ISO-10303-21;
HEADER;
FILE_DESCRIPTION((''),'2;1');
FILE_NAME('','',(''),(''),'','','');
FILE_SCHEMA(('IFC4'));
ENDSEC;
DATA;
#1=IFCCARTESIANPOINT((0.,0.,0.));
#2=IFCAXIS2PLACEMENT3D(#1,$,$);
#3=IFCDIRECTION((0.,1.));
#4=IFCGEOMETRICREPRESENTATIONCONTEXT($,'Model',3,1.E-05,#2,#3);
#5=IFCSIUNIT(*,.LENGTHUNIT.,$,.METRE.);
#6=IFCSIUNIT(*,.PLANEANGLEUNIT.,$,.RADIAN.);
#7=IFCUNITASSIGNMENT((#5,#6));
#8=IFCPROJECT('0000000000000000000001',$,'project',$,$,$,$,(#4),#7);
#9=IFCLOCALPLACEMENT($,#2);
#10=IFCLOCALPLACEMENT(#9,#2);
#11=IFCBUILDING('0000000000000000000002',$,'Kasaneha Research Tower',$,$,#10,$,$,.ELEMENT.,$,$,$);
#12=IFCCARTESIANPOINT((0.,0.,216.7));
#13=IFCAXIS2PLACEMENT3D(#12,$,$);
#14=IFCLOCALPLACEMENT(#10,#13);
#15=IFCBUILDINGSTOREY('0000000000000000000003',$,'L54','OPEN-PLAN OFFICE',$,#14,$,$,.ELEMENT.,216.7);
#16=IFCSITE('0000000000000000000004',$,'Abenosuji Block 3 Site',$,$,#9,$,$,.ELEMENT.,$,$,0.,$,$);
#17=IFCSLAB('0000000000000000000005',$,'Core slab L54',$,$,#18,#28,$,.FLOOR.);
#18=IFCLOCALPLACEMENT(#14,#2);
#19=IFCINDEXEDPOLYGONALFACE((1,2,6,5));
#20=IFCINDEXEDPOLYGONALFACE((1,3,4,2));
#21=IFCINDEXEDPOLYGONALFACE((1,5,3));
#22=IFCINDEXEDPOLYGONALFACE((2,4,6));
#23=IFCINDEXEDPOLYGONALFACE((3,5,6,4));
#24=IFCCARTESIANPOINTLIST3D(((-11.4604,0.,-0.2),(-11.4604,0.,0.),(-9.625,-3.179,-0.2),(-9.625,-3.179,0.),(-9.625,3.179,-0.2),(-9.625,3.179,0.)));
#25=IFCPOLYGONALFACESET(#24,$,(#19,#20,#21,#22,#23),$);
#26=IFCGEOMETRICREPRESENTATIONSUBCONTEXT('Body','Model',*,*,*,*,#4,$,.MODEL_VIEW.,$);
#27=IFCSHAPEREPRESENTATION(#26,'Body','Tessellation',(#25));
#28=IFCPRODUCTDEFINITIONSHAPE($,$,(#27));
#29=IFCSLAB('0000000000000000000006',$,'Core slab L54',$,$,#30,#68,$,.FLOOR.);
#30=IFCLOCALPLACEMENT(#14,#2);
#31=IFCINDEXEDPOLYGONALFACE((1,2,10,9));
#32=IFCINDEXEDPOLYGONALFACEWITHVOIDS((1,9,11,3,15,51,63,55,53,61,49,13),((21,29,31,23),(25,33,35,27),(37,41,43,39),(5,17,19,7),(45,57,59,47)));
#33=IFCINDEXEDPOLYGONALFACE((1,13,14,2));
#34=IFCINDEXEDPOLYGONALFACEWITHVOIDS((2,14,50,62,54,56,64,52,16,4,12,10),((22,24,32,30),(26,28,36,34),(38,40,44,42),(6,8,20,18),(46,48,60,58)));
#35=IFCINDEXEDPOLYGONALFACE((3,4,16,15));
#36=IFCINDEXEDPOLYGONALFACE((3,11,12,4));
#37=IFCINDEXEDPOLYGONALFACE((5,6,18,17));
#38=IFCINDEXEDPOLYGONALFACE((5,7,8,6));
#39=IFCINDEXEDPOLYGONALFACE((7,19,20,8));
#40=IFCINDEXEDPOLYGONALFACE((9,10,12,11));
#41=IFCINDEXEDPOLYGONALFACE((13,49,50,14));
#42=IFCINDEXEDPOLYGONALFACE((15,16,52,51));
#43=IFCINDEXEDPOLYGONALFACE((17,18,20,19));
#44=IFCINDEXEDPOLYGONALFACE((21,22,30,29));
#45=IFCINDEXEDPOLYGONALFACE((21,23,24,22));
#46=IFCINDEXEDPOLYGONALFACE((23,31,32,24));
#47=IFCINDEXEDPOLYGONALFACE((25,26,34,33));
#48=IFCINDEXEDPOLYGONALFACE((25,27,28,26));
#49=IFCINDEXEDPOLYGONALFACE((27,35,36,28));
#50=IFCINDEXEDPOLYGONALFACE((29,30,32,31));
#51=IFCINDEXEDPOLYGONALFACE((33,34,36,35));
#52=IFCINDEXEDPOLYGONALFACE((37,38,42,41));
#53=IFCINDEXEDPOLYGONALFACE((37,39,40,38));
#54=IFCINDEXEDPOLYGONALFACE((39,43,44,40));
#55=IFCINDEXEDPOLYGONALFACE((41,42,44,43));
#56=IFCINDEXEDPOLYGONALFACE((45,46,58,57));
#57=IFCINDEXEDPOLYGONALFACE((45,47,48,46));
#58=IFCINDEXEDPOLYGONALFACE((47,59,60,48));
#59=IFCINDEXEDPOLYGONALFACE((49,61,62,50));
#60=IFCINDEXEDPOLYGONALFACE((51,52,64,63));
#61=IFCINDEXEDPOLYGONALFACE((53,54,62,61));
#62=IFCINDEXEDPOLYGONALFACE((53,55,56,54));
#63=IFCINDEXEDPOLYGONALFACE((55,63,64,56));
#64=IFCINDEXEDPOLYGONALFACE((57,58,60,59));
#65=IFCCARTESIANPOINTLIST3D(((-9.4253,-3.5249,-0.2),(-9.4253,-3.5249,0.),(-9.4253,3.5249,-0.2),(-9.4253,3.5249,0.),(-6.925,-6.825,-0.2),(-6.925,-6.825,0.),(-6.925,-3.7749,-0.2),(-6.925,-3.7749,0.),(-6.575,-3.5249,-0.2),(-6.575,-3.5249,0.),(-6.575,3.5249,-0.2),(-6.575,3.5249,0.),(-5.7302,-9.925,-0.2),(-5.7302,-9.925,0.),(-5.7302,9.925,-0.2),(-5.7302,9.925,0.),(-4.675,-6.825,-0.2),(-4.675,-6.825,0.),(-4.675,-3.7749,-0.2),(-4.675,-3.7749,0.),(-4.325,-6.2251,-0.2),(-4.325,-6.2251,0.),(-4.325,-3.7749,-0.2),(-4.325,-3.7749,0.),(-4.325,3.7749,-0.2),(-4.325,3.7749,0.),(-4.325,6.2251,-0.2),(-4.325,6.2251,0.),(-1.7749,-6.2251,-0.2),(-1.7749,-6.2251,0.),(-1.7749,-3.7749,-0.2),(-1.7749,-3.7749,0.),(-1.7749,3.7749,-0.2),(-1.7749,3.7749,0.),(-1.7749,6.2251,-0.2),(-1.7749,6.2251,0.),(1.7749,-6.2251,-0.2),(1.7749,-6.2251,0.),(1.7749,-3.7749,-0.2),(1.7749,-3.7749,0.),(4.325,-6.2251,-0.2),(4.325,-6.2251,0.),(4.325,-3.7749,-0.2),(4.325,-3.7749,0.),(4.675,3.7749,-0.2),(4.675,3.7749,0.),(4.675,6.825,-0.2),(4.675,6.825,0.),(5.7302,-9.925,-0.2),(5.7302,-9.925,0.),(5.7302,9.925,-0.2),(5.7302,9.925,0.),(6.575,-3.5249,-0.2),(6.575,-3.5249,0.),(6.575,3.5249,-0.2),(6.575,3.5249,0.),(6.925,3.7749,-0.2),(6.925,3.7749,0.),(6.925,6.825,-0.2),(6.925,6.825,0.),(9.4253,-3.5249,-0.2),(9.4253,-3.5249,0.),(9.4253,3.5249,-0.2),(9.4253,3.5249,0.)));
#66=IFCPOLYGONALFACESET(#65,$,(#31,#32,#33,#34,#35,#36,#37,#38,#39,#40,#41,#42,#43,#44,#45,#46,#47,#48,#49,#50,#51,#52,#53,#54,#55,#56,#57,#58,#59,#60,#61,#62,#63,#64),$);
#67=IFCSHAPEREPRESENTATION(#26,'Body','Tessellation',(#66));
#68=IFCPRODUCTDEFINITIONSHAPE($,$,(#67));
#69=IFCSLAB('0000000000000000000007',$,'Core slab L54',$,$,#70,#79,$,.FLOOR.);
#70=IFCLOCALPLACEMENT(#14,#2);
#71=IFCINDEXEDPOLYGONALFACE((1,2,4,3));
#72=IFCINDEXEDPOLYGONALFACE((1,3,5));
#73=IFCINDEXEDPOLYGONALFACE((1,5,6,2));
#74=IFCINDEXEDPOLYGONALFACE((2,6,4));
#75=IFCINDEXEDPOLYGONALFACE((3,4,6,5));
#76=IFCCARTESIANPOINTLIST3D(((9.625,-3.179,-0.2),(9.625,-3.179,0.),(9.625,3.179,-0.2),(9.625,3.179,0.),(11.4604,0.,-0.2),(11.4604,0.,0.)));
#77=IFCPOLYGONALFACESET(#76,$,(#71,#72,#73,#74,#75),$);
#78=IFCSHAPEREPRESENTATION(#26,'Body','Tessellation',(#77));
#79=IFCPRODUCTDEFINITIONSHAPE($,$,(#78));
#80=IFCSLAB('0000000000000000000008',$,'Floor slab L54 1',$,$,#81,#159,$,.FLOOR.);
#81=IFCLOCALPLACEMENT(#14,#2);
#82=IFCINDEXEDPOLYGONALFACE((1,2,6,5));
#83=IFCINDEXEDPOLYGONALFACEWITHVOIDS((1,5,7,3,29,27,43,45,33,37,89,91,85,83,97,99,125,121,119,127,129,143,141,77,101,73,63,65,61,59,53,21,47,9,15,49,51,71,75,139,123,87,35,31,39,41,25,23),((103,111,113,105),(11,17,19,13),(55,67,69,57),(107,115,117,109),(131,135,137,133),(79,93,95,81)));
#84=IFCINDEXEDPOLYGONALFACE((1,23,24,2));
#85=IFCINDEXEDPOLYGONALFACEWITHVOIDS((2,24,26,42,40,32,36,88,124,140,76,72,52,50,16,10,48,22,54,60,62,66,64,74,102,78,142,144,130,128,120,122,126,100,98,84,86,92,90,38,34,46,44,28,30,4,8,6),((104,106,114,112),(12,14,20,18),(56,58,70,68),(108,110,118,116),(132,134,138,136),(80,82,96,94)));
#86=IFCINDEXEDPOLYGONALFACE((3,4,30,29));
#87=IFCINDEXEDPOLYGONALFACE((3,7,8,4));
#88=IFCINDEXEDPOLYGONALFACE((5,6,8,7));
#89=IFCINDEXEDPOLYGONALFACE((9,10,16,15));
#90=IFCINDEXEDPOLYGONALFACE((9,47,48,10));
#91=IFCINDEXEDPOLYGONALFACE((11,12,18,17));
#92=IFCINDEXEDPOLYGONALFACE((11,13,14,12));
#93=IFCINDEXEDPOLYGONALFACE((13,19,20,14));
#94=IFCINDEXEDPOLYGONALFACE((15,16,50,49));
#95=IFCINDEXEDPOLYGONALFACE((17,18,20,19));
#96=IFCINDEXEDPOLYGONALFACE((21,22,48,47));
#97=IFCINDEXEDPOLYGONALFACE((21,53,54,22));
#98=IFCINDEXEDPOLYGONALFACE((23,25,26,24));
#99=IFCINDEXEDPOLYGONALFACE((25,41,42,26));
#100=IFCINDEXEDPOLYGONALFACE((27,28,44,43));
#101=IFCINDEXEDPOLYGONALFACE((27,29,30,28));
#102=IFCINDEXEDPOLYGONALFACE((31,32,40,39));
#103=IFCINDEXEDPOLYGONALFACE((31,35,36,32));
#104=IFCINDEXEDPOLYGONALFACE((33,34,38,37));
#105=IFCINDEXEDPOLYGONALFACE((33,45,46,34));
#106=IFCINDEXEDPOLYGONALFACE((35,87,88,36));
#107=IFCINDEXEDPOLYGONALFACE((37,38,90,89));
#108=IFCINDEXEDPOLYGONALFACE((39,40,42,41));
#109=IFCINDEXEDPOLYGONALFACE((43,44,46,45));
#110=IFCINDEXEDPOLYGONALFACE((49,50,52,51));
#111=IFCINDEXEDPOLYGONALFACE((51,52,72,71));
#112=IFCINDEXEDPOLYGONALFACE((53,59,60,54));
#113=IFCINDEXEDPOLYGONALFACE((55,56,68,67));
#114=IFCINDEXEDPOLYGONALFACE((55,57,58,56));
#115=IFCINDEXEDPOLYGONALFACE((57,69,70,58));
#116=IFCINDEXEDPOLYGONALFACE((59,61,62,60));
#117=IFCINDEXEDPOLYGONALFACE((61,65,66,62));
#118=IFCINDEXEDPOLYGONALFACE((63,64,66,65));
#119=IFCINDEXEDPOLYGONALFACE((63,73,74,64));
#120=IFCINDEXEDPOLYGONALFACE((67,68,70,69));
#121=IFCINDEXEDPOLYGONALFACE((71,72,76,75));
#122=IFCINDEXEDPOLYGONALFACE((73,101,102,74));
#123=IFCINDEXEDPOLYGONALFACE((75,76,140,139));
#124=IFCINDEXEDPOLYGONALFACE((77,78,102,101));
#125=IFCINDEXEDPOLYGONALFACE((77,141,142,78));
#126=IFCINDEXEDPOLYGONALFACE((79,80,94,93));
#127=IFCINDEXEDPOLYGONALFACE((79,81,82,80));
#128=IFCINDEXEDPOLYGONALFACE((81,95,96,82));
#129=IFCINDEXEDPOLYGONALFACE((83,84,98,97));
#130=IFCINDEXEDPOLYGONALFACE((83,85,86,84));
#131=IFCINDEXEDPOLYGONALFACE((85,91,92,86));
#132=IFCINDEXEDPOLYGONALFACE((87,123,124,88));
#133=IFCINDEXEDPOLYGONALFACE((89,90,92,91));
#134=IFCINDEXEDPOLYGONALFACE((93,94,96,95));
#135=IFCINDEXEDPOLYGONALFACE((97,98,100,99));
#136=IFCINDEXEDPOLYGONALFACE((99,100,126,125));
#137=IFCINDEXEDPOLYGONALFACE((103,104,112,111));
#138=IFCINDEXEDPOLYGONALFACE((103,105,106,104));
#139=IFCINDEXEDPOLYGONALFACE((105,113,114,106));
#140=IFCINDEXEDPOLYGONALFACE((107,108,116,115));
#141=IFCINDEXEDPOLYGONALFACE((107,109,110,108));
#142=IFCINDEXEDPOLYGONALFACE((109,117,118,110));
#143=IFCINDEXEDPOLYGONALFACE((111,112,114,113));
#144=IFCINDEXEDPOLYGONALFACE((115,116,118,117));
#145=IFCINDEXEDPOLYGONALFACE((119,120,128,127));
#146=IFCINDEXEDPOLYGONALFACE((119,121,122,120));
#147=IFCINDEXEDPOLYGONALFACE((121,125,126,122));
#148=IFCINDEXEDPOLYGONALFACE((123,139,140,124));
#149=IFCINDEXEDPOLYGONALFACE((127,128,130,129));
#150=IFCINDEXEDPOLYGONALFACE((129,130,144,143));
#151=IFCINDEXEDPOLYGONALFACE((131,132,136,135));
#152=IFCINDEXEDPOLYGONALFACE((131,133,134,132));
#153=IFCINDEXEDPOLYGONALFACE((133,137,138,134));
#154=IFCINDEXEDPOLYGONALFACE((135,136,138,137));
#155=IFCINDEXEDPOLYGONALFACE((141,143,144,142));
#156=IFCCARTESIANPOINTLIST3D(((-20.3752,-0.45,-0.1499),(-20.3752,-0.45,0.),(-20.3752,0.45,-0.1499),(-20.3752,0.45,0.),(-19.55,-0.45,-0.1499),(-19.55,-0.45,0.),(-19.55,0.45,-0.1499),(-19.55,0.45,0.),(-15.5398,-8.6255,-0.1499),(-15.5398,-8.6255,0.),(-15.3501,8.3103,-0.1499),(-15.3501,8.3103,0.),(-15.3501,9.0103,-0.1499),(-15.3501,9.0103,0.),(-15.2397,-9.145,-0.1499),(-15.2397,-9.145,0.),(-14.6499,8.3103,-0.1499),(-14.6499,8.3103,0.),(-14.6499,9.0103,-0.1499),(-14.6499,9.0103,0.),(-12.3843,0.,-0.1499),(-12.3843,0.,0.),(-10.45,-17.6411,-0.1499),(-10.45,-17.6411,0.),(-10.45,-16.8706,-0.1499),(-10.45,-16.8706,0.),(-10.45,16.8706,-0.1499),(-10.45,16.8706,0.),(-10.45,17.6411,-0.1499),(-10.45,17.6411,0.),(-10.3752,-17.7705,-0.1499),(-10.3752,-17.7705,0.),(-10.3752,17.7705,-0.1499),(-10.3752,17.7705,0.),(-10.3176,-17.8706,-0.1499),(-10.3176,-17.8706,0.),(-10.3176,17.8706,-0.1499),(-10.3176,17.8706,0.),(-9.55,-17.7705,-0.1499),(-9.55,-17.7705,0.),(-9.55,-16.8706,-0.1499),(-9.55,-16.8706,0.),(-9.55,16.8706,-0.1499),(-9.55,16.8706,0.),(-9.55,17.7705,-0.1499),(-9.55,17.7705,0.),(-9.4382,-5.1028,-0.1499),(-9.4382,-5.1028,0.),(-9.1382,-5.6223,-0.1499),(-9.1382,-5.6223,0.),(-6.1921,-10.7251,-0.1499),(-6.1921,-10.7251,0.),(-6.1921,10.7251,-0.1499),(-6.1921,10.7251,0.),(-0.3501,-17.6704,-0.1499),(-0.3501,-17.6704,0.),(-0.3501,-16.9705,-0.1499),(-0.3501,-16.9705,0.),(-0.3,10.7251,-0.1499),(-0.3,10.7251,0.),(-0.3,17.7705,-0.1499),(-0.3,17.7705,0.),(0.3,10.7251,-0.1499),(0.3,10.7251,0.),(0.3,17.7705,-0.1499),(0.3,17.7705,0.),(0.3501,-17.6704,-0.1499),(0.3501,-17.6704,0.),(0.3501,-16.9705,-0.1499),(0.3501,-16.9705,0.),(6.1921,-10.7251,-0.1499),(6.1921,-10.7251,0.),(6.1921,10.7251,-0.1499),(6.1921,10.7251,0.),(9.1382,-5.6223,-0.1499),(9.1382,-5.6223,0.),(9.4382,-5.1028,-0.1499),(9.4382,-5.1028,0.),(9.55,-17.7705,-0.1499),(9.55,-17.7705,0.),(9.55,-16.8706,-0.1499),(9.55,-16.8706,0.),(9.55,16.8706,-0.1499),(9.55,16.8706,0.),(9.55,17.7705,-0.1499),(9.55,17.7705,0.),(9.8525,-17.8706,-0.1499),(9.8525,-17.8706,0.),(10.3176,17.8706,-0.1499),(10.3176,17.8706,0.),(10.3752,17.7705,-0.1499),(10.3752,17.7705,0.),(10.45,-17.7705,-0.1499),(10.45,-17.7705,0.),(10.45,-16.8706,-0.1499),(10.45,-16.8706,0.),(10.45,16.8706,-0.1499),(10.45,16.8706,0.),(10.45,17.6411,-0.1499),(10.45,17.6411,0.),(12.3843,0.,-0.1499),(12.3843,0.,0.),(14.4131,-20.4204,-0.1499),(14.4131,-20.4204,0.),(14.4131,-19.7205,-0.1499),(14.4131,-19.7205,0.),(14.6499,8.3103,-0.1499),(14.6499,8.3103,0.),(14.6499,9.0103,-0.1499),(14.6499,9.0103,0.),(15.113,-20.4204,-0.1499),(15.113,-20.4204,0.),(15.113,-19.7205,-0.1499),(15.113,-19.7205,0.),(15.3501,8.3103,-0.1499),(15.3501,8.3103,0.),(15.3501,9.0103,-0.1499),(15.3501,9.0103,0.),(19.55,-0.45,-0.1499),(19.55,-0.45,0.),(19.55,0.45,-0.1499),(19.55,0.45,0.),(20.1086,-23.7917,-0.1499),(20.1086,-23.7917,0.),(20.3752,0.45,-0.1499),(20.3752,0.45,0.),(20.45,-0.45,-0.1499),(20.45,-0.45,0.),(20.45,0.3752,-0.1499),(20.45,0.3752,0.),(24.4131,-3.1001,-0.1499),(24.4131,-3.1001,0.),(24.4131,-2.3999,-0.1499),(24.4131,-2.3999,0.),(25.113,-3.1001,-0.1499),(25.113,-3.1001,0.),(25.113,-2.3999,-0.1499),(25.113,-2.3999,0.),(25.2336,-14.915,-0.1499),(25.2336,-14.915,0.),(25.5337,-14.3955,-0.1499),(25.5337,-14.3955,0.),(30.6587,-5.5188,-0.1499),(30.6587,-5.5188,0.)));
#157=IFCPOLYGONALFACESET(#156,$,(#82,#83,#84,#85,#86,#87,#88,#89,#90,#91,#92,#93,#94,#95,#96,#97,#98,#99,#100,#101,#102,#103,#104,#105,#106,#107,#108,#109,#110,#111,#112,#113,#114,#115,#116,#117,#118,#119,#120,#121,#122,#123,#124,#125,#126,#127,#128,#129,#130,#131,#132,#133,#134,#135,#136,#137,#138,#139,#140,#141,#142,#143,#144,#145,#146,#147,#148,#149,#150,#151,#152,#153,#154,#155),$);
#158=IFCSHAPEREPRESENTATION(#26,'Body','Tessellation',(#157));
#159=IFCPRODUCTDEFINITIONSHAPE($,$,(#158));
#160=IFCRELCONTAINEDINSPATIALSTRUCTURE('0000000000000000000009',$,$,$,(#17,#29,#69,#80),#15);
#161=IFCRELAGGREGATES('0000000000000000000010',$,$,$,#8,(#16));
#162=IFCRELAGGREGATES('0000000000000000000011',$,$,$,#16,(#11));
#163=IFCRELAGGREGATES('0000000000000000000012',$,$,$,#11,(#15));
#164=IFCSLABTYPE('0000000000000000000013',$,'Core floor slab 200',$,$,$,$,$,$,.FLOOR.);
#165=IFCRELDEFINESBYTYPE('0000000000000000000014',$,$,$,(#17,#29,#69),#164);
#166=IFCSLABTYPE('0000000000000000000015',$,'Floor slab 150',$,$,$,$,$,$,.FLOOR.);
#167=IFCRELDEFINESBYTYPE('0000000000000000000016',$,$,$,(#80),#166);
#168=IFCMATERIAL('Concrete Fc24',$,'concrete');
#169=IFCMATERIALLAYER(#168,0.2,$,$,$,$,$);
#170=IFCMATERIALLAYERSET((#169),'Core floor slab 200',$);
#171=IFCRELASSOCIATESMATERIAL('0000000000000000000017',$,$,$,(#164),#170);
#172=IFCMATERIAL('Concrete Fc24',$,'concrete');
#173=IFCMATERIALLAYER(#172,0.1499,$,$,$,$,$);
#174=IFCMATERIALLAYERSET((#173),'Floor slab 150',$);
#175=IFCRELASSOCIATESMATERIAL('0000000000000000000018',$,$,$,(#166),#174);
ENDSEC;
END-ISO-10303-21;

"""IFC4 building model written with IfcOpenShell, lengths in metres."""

from ifc_helpers import new_model, si_unit, direction, frame, origin, place, context, subcontext, project, spatial, polyline, outline, extrude, material, layer, layer_set, type_object, element, save


model = new_model("IFC4")

# Units and contexts
model_context = context("Model", 3, precision=1e-05, world=origin(), true_north=direction((0.0, 1.0)))
body_context = subcontext(model_context, "Body", "Model", "MODEL_VIEW")
ifc_project = project(units=[si_unit("LENGTHUNIT", "METRE"), si_unit("PLANEANGLEUNIT", "RADIAN")], contexts=[model_context])

# Site, building, storey
site_placement = place(None, origin())
site = spatial("IfcSite", under=ifc_project, at=site_placement, Name="Abenosuji Block 3 Site", CompositionType="ELEMENT", RefElevation=0.0)
building_placement = place(site_placement, origin())
building = spatial("IfcBuilding", under=site, at=building_placement, Name="Kasaneha Research Tower", CompositionType="ELEMENT")
storey_placement = place(building_placement, frame((0.0, 0.0, 216.7)))
storey = spatial("IfcBuildingStorey", under=building, at=storey_placement, Name="L54", Description="OPEN-PLAN OFFICE", CompositionType="ELEMENT", Elevation=216.7)

# Slabs
ifc_material_1 = material(Name="Concrete Fc24", Category="concrete")
ifc_layer_1 = layer(ifc_material_1, 0.2)
ifc_layer_set_1 = layer_set([ifc_layer_1], Name="Core floor slab 200")
slab_type_1 = type_object("IfcSlabType", Name="Core floor slab 200", PredefinedType="FLOOR", material=ifc_layer_set_1)
slab_1_placement = place(storey_placement, frame((0.0, 0.0, -0.2)))
element("IfcSlab", 1, at=slab_1_placement, inside=storey, type_object=slab_type_1, Name="Core slab L54", PredefinedType="FLOOR", context=body_context, shape_type="SweptSolid", body=[
    extrude(outline(polyline([(-11.4604, 0.0), (-9.625, 3.179), (-9.625, -3.179), (-11.4604, 0.0)])), origin(), (0.0, 0.0, 1.0), 0.2),
])
slab_2_placement = place(storey_placement, frame((0.0, 0.0, -0.2)))
element("IfcSlab", 2, at=slab_2_placement, inside=storey, type_object=slab_type_1, Name="Core slab L54", PredefinedType="FLOOR", context=body_context, shape_type="SweptSolid", body=[
    extrude(outline(polyline([(-5.7302, 9.925), (5.7302, 9.925), (9.4253, 3.5249), (6.575, 3.5249), (6.575, -3.5249), (9.4253, -3.5249), (5.7302, -9.925), (-5.7302, -9.925), (-9.4253, -3.5249), (-6.575, -3.5249), (-6.575, 3.5249), (-9.4253, 3.5249), (-5.7302, 9.925)]), holes=[polyline([(-6.925, -6.825), (-4.675, -6.825), (-4.675, -3.7749), (-6.925, -3.7749), (-6.925, -6.825)]), polyline([(-4.325, -3.7749), (-4.325, -6.2251), (-1.7749, -6.2251), (-1.7749, -3.7749), (-4.325, -3.7749)]), polyline([(1.7749, -3.7749), (1.7749, -6.2251), (4.325, -6.2251), (4.325, -3.7749), (1.7749, -3.7749)]), polyline([(-4.325, 6.2251), (-4.325, 3.7749), (-1.7749, 3.7749), (-1.7749, 6.2251), (-4.325, 6.2251)]), polyline([(4.675, 6.825), (4.675, 3.7749), (6.925, 3.7749), (6.925, 6.825), (4.675, 6.825)])]), origin(), (0.0, 0.0, 1.0), 0.2),
])
slab_3_placement = place(storey_placement, frame((0.0, 0.0, -0.2)))
element("IfcSlab", 3, at=slab_3_placement, inside=storey, type_object=slab_type_1, Name="Core slab L54", PredefinedType="FLOOR", context=body_context, shape_type="SweptSolid", body=[
    extrude(outline(polyline([(11.4604, 0.0), (9.625, -3.179), (9.625, 3.179), (11.4604, 0.0)])), origin(), (0.0, 0.0, 1.0), 0.2),
])
ifc_material_2 = material(Name="Concrete Fc24", Category="concrete")
ifc_layer_2 = layer(ifc_material_2, 0.1499)
ifc_layer_set_2 = layer_set([ifc_layer_2], Name="Floor slab 150")
slab_type_2 = type_object("IfcSlabType", Name="Floor slab 150", PredefinedType="FLOOR", material=ifc_layer_set_2)
slab_4_placement = place(storey_placement, frame((0.0, 0.0, -0.1499)))
element("IfcSlab", 4, at=slab_4_placement, inside=storey, type_object=slab_type_2, Name="Floor slab L54 1", PredefinedType="FLOOR", context=body_context, shape_type="SweptSolid", body=[
    extrude(outline(polyline([(9.8525, -17.8706), (-10.3176, -17.8706), (-10.3752, -17.7705), (-9.55, -17.7705), (-9.55, -16.8706), (-10.45, -16.8706), (-10.45, -17.6411), (-20.3752, -0.45), (-19.55, -0.45), (-19.55, 0.45), (-20.3752, 0.45), (-10.45, 17.6411), (-10.45, 16.8706), (-9.55, 16.8706), (-9.55, 17.7705), (-10.3752, 17.7705), (-10.3176, 17.8706), (10.3176, 17.8706), (10.3752, 17.7705), (9.55, 17.7705), (9.55, 16.8706), (10.45, 16.8706), (10.45, 17.6411), (20.3752, 0.45), (19.55, 0.45), (19.55, -0.45), (20.45, -0.45), (20.45, 0.3752), (30.6587, -5.5188), (25.5337, -14.3955), (9.4382, -5.1028), (12.3843, 0.0), (6.1921, 10.7251), (0.3, 10.7251), (0.3, 17.7705), (-0.3, 17.7705), (-0.3, 10.7251), (-6.1921, 10.7251), (-12.3843, 0.0), (-9.4382, -5.1028), (-15.5398, -8.6255), (-15.2397, -9.145), (-9.1382, -5.6223), (-6.1921, -10.7251), (6.1921, -10.7251), (9.1382, -5.6223), (25.2336, -14.915), (20.1086, -23.7917), (9.8525, -17.8706)]), holes=[polyline([(-0.3501, -16.9705), (-0.3501, -17.6704), (0.3501, -17.6704), (0.3501, -16.9705), (-0.3501, -16.9705)]), polyline([(-15.3501, 9.0103), (-15.3501, 8.3103), (-14.6499, 8.3103), (-14.6499, 9.0103), (-15.3501, 9.0103)]), polyline([(14.4131, -19.7205), (14.4131, -20.4204), (15.113, -20.4204), (15.113, -19.7205), (14.4131, -19.7205)]), polyline([(9.55, -16.8706), (9.55, -17.7705), (10.45, -17.7705), (10.45, -16.8706), (9.55, -16.8706)]), polyline([(24.4131, -2.3999), (24.4131, -3.1001), (25.113, -3.1001), (25.113, -2.3999), (24.4131, -2.3999)]), polyline([(15.3501, 9.0103), (14.6499, 9.0103), (14.6499, 8.3103), (15.3501, 8.3103), (15.3501, 9.0103)])]), origin(), (0.0, 0.0, 1.0), 0.1499),
])

save(model, "model.ifc")
